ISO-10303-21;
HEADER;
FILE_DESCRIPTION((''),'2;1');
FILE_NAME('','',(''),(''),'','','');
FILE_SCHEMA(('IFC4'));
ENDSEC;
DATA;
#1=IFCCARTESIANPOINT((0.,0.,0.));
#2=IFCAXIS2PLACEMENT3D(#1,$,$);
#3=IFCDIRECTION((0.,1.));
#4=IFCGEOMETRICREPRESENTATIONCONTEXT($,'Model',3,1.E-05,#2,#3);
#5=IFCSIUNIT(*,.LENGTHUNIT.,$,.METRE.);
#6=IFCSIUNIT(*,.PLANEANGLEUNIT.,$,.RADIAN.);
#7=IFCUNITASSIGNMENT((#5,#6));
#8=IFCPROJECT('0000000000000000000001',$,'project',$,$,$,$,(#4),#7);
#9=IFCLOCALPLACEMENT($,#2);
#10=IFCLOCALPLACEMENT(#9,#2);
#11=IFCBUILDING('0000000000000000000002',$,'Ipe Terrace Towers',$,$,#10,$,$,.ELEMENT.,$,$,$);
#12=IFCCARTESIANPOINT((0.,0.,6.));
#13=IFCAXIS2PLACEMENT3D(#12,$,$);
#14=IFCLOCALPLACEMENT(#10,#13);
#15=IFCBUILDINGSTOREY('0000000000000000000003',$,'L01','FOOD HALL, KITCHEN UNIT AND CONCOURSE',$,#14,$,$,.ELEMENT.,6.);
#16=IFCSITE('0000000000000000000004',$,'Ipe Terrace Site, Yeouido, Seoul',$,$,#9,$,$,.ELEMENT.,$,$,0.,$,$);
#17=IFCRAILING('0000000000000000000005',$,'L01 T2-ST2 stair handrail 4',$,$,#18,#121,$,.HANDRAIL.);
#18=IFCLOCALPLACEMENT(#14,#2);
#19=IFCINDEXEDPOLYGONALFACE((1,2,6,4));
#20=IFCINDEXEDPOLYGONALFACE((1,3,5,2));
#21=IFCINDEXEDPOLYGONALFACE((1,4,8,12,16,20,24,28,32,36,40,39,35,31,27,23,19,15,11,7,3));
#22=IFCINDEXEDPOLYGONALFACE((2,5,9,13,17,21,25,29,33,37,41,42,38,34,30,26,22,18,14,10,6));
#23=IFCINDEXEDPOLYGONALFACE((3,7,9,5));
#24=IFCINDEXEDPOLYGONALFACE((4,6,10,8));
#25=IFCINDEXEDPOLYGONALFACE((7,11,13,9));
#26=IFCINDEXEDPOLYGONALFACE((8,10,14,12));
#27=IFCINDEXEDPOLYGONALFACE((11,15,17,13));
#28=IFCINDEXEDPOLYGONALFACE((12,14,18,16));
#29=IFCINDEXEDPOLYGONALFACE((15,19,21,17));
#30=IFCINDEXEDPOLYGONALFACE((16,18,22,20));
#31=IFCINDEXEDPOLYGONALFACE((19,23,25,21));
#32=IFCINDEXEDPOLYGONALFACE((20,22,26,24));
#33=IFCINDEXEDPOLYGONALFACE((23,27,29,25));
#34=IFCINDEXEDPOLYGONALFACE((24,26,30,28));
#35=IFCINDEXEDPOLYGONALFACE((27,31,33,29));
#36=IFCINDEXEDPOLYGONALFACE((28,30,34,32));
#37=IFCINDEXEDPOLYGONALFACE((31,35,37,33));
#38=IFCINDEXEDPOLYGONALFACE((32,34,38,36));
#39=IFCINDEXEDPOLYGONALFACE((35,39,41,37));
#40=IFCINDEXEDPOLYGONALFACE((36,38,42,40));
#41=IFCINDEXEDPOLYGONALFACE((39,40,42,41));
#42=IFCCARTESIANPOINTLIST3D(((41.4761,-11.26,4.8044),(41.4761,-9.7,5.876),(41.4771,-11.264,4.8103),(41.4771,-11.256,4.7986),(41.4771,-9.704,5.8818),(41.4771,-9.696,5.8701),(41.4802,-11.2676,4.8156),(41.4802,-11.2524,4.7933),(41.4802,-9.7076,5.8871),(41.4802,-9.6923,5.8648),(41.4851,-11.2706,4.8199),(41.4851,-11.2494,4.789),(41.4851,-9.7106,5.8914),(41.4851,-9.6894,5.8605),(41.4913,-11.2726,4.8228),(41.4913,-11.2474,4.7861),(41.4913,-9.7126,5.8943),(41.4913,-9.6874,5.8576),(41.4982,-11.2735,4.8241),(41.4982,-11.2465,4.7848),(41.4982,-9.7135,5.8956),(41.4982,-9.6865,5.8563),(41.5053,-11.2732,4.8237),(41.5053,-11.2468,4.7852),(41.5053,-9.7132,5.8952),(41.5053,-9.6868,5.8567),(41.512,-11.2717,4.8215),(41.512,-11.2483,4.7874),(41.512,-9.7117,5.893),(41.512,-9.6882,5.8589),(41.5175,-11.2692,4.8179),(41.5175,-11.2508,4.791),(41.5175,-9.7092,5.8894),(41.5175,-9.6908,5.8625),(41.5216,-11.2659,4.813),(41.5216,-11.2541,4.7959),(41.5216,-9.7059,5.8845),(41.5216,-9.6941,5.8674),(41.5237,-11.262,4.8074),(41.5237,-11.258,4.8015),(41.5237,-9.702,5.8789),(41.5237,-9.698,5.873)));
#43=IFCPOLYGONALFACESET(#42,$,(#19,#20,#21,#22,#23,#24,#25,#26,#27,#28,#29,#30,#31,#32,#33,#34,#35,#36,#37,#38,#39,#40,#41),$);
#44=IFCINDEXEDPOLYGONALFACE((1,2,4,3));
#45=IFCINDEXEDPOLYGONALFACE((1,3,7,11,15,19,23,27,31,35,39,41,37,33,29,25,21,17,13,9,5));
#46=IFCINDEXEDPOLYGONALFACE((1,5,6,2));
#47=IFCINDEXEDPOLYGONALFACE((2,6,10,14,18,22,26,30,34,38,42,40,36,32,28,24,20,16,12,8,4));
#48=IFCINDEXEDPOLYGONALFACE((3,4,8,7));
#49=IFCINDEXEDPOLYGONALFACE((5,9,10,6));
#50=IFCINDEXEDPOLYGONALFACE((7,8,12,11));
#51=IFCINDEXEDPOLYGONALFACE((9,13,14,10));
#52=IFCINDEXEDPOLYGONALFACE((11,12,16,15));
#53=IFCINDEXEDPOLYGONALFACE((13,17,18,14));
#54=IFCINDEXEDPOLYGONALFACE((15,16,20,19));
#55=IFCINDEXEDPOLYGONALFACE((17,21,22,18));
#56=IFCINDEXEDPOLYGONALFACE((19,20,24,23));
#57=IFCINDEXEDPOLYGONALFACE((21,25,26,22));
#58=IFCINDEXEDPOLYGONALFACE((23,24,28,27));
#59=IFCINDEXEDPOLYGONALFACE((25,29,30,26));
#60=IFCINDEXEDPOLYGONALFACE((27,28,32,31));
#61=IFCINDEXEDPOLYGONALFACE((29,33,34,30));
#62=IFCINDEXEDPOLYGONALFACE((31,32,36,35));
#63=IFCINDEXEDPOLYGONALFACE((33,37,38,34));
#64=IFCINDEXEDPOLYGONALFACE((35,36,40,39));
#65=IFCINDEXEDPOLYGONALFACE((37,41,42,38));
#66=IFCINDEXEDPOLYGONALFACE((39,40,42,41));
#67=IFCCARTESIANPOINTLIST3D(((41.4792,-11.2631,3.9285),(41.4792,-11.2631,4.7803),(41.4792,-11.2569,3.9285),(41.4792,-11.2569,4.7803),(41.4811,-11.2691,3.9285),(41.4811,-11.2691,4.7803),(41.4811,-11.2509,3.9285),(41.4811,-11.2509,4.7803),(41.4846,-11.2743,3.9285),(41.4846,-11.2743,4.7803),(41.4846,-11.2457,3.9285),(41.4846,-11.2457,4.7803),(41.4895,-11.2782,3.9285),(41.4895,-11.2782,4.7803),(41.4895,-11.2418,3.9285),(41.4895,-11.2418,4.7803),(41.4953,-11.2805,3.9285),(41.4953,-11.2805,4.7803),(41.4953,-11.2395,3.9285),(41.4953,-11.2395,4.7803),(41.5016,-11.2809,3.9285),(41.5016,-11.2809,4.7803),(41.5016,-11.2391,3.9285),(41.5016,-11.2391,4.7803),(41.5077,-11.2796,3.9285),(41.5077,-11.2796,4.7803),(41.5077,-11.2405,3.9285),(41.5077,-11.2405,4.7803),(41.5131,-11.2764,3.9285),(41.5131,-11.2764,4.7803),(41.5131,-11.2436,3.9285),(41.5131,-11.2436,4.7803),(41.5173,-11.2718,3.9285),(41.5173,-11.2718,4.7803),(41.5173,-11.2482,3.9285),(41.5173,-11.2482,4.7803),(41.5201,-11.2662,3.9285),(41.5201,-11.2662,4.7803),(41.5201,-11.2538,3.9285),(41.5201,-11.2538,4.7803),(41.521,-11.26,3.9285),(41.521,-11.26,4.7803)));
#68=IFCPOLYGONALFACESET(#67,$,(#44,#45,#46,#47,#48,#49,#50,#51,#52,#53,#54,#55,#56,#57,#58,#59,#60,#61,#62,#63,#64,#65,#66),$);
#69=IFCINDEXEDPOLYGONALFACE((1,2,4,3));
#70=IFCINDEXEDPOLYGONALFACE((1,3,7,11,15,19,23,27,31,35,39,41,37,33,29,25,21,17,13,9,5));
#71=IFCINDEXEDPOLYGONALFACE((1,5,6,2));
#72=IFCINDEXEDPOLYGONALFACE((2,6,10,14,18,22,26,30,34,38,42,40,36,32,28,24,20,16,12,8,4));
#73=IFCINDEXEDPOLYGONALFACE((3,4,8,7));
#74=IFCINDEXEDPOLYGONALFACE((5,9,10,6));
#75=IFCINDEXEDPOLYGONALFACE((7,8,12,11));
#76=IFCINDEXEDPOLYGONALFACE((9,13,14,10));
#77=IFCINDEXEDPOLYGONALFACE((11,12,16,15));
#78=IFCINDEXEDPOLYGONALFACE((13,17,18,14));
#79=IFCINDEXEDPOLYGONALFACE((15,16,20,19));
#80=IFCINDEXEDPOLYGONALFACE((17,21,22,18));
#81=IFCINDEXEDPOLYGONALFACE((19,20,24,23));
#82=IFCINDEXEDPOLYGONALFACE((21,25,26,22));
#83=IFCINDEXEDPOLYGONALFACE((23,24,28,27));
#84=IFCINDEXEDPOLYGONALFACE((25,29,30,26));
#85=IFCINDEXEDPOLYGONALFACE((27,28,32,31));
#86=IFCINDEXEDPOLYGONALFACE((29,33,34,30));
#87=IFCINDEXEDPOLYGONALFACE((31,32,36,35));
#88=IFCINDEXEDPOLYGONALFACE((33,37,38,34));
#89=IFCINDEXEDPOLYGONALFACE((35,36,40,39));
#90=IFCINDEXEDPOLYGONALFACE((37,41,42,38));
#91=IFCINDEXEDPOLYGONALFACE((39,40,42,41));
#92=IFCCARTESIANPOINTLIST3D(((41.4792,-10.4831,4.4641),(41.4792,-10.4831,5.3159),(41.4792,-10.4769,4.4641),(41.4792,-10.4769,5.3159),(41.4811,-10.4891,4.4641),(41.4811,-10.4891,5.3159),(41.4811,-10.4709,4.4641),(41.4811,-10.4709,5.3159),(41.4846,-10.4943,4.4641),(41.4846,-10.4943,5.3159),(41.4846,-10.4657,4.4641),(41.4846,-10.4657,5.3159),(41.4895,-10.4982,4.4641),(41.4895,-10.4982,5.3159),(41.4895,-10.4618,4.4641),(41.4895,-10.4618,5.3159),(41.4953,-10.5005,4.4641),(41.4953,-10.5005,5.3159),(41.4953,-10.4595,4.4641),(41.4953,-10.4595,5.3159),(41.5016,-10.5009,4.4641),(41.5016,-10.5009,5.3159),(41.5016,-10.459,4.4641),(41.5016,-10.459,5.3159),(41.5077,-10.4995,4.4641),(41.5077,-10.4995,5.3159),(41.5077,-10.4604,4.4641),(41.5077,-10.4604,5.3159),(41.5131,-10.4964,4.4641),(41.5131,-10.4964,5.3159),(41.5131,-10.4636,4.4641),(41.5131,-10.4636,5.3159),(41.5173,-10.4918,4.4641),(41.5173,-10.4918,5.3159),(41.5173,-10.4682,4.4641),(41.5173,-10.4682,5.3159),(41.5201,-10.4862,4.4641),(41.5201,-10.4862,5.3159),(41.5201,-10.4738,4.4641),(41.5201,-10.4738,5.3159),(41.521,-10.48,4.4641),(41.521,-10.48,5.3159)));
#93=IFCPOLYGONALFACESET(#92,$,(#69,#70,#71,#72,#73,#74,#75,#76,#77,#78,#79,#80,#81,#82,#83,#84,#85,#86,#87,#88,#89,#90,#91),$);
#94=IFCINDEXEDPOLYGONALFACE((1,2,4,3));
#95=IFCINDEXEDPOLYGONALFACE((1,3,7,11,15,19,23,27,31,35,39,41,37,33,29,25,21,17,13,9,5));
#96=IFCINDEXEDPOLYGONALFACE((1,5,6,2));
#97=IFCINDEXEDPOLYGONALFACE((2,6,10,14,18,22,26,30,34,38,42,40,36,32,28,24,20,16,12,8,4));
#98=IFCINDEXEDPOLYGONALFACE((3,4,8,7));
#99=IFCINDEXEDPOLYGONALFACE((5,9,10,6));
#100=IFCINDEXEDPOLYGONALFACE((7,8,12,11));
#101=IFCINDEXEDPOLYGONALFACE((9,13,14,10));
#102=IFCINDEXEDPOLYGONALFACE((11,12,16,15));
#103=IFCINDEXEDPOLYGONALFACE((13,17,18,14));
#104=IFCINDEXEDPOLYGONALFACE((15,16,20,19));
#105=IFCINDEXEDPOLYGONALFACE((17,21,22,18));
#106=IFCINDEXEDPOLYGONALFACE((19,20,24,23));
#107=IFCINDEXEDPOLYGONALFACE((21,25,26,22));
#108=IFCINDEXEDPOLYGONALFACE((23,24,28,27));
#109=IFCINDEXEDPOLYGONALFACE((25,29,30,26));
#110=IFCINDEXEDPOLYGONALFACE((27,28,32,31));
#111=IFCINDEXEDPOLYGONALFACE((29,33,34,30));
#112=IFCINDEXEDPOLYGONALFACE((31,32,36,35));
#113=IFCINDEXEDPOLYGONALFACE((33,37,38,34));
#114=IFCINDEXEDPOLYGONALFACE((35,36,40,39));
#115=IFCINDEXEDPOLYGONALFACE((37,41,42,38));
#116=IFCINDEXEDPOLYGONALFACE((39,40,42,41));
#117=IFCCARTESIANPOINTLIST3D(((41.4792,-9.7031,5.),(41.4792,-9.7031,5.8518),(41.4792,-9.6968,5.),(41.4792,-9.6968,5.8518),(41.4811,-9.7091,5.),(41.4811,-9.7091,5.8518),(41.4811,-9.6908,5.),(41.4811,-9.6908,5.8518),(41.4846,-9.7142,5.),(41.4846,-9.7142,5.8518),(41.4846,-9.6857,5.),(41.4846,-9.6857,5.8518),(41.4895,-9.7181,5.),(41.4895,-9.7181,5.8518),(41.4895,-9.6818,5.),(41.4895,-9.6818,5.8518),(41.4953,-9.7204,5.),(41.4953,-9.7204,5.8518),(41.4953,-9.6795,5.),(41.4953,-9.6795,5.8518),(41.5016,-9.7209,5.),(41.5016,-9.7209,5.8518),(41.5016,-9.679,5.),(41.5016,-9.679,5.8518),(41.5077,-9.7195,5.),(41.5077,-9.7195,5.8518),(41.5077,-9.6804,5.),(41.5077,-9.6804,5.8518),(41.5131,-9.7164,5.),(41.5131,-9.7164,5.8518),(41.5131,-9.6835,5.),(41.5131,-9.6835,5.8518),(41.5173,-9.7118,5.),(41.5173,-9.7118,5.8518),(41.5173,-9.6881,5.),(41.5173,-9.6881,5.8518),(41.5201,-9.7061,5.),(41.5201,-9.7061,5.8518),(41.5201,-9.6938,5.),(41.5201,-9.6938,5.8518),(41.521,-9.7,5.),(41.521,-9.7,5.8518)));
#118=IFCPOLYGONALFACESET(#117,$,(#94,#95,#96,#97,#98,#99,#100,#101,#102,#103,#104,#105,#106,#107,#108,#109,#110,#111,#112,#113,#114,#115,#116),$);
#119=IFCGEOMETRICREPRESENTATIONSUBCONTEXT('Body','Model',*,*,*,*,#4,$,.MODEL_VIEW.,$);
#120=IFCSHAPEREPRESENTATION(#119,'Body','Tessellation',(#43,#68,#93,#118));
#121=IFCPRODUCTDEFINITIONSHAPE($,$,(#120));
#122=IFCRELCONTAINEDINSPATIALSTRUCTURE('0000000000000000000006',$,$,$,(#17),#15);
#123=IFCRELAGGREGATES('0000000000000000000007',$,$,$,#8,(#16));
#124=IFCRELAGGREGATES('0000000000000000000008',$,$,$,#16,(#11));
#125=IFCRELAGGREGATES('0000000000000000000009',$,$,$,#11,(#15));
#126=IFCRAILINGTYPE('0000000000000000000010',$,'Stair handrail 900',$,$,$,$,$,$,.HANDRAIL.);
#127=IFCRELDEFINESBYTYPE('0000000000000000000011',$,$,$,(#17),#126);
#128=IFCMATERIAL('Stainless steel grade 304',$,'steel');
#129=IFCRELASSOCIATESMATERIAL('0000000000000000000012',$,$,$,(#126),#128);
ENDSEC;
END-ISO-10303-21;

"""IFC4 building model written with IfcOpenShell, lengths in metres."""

from ifc_helpers import new_model, si_unit, direction, frame, origin, origin_2d, place, context, subcontext, project, spatial, circle, extrude, material, type_object, element, save


model = new_model("IFC4")

# Units and contexts
model_context = context("Model", 3, precision=1e-05, world=origin(), true_north=direction((0.0, 1.0)))
body_context = subcontext(model_context, "Body", "Model", "MODEL_VIEW")
ifc_project = project(units=[si_unit("LENGTHUNIT", "METRE"), si_unit("PLANEANGLEUNIT", "RADIAN")], contexts=[model_context])

# Site, building, storey
site_placement = place(None, origin())
site = spatial("IfcSite", under=ifc_project, at=site_placement, Name="Ipe Terrace Site, Yeouido, Seoul", CompositionType="ELEMENT", RefElevation=0.0)
building_placement = place(site_placement, origin())
building = spatial("IfcBuilding", under=site, at=building_placement, Name="Ipe Terrace Towers", CompositionType="ELEMENT")
storey_placement = place(building_placement, frame((0.0, 0.0, 6.0)))
storey = spatial("IfcBuildingStorey", under=building, at=storey_placement, Name="L01", Description="FOOD HALL, KITCHEN UNIT AND CONCOURSE", CompositionType="ELEMENT", Elevation=6.0)

# Railing
ifc_material_1 = material(Name="Stainless steel grade 304", Category="steel")
railing_type_1 = type_object("IfcRailingType", Name="Stair handrail 900", PredefinedType="HANDRAIL", material=ifc_material_1)
railing_1_placement = place(storey_placement, frame((41.5, -11.26, 3.9285)))
element("IfcRailing", 1, at=railing_1_placement, inside=storey, type_object=railing_type_1, Name="L01 T2-ST2 stair handrail 4", PredefinedType="HANDRAIL", context=body_context, shape_type="SweptSolid", body=[
    extrude(circle(Radius=0.0239, at=origin_2d()), frame((0.0, 0.0, 0.876), z_axis=(0.0, 0.82429, 0.566167), x_axis=(-1.0, 0.0, 0.0)), (0.0, 0.0, 1.0), 1.8926),
    extrude(circle(Radius=0.021, at=origin_2d()), origin(), (0.0, 0.0, 1.0), 0.8518),
    extrude(circle(Radius=0.021, at=origin_2d()), frame((0.0, 0.78, 0.5356)), (0.0, 0.0, 1.0), 0.8518),
    extrude(circle(Radius=0.021, at=origin_2d()), frame((0.0, 1.5601, 1.0715)), (0.0, 0.0, 1.0), 0.8518),
])

save(model, "model.ifc")
